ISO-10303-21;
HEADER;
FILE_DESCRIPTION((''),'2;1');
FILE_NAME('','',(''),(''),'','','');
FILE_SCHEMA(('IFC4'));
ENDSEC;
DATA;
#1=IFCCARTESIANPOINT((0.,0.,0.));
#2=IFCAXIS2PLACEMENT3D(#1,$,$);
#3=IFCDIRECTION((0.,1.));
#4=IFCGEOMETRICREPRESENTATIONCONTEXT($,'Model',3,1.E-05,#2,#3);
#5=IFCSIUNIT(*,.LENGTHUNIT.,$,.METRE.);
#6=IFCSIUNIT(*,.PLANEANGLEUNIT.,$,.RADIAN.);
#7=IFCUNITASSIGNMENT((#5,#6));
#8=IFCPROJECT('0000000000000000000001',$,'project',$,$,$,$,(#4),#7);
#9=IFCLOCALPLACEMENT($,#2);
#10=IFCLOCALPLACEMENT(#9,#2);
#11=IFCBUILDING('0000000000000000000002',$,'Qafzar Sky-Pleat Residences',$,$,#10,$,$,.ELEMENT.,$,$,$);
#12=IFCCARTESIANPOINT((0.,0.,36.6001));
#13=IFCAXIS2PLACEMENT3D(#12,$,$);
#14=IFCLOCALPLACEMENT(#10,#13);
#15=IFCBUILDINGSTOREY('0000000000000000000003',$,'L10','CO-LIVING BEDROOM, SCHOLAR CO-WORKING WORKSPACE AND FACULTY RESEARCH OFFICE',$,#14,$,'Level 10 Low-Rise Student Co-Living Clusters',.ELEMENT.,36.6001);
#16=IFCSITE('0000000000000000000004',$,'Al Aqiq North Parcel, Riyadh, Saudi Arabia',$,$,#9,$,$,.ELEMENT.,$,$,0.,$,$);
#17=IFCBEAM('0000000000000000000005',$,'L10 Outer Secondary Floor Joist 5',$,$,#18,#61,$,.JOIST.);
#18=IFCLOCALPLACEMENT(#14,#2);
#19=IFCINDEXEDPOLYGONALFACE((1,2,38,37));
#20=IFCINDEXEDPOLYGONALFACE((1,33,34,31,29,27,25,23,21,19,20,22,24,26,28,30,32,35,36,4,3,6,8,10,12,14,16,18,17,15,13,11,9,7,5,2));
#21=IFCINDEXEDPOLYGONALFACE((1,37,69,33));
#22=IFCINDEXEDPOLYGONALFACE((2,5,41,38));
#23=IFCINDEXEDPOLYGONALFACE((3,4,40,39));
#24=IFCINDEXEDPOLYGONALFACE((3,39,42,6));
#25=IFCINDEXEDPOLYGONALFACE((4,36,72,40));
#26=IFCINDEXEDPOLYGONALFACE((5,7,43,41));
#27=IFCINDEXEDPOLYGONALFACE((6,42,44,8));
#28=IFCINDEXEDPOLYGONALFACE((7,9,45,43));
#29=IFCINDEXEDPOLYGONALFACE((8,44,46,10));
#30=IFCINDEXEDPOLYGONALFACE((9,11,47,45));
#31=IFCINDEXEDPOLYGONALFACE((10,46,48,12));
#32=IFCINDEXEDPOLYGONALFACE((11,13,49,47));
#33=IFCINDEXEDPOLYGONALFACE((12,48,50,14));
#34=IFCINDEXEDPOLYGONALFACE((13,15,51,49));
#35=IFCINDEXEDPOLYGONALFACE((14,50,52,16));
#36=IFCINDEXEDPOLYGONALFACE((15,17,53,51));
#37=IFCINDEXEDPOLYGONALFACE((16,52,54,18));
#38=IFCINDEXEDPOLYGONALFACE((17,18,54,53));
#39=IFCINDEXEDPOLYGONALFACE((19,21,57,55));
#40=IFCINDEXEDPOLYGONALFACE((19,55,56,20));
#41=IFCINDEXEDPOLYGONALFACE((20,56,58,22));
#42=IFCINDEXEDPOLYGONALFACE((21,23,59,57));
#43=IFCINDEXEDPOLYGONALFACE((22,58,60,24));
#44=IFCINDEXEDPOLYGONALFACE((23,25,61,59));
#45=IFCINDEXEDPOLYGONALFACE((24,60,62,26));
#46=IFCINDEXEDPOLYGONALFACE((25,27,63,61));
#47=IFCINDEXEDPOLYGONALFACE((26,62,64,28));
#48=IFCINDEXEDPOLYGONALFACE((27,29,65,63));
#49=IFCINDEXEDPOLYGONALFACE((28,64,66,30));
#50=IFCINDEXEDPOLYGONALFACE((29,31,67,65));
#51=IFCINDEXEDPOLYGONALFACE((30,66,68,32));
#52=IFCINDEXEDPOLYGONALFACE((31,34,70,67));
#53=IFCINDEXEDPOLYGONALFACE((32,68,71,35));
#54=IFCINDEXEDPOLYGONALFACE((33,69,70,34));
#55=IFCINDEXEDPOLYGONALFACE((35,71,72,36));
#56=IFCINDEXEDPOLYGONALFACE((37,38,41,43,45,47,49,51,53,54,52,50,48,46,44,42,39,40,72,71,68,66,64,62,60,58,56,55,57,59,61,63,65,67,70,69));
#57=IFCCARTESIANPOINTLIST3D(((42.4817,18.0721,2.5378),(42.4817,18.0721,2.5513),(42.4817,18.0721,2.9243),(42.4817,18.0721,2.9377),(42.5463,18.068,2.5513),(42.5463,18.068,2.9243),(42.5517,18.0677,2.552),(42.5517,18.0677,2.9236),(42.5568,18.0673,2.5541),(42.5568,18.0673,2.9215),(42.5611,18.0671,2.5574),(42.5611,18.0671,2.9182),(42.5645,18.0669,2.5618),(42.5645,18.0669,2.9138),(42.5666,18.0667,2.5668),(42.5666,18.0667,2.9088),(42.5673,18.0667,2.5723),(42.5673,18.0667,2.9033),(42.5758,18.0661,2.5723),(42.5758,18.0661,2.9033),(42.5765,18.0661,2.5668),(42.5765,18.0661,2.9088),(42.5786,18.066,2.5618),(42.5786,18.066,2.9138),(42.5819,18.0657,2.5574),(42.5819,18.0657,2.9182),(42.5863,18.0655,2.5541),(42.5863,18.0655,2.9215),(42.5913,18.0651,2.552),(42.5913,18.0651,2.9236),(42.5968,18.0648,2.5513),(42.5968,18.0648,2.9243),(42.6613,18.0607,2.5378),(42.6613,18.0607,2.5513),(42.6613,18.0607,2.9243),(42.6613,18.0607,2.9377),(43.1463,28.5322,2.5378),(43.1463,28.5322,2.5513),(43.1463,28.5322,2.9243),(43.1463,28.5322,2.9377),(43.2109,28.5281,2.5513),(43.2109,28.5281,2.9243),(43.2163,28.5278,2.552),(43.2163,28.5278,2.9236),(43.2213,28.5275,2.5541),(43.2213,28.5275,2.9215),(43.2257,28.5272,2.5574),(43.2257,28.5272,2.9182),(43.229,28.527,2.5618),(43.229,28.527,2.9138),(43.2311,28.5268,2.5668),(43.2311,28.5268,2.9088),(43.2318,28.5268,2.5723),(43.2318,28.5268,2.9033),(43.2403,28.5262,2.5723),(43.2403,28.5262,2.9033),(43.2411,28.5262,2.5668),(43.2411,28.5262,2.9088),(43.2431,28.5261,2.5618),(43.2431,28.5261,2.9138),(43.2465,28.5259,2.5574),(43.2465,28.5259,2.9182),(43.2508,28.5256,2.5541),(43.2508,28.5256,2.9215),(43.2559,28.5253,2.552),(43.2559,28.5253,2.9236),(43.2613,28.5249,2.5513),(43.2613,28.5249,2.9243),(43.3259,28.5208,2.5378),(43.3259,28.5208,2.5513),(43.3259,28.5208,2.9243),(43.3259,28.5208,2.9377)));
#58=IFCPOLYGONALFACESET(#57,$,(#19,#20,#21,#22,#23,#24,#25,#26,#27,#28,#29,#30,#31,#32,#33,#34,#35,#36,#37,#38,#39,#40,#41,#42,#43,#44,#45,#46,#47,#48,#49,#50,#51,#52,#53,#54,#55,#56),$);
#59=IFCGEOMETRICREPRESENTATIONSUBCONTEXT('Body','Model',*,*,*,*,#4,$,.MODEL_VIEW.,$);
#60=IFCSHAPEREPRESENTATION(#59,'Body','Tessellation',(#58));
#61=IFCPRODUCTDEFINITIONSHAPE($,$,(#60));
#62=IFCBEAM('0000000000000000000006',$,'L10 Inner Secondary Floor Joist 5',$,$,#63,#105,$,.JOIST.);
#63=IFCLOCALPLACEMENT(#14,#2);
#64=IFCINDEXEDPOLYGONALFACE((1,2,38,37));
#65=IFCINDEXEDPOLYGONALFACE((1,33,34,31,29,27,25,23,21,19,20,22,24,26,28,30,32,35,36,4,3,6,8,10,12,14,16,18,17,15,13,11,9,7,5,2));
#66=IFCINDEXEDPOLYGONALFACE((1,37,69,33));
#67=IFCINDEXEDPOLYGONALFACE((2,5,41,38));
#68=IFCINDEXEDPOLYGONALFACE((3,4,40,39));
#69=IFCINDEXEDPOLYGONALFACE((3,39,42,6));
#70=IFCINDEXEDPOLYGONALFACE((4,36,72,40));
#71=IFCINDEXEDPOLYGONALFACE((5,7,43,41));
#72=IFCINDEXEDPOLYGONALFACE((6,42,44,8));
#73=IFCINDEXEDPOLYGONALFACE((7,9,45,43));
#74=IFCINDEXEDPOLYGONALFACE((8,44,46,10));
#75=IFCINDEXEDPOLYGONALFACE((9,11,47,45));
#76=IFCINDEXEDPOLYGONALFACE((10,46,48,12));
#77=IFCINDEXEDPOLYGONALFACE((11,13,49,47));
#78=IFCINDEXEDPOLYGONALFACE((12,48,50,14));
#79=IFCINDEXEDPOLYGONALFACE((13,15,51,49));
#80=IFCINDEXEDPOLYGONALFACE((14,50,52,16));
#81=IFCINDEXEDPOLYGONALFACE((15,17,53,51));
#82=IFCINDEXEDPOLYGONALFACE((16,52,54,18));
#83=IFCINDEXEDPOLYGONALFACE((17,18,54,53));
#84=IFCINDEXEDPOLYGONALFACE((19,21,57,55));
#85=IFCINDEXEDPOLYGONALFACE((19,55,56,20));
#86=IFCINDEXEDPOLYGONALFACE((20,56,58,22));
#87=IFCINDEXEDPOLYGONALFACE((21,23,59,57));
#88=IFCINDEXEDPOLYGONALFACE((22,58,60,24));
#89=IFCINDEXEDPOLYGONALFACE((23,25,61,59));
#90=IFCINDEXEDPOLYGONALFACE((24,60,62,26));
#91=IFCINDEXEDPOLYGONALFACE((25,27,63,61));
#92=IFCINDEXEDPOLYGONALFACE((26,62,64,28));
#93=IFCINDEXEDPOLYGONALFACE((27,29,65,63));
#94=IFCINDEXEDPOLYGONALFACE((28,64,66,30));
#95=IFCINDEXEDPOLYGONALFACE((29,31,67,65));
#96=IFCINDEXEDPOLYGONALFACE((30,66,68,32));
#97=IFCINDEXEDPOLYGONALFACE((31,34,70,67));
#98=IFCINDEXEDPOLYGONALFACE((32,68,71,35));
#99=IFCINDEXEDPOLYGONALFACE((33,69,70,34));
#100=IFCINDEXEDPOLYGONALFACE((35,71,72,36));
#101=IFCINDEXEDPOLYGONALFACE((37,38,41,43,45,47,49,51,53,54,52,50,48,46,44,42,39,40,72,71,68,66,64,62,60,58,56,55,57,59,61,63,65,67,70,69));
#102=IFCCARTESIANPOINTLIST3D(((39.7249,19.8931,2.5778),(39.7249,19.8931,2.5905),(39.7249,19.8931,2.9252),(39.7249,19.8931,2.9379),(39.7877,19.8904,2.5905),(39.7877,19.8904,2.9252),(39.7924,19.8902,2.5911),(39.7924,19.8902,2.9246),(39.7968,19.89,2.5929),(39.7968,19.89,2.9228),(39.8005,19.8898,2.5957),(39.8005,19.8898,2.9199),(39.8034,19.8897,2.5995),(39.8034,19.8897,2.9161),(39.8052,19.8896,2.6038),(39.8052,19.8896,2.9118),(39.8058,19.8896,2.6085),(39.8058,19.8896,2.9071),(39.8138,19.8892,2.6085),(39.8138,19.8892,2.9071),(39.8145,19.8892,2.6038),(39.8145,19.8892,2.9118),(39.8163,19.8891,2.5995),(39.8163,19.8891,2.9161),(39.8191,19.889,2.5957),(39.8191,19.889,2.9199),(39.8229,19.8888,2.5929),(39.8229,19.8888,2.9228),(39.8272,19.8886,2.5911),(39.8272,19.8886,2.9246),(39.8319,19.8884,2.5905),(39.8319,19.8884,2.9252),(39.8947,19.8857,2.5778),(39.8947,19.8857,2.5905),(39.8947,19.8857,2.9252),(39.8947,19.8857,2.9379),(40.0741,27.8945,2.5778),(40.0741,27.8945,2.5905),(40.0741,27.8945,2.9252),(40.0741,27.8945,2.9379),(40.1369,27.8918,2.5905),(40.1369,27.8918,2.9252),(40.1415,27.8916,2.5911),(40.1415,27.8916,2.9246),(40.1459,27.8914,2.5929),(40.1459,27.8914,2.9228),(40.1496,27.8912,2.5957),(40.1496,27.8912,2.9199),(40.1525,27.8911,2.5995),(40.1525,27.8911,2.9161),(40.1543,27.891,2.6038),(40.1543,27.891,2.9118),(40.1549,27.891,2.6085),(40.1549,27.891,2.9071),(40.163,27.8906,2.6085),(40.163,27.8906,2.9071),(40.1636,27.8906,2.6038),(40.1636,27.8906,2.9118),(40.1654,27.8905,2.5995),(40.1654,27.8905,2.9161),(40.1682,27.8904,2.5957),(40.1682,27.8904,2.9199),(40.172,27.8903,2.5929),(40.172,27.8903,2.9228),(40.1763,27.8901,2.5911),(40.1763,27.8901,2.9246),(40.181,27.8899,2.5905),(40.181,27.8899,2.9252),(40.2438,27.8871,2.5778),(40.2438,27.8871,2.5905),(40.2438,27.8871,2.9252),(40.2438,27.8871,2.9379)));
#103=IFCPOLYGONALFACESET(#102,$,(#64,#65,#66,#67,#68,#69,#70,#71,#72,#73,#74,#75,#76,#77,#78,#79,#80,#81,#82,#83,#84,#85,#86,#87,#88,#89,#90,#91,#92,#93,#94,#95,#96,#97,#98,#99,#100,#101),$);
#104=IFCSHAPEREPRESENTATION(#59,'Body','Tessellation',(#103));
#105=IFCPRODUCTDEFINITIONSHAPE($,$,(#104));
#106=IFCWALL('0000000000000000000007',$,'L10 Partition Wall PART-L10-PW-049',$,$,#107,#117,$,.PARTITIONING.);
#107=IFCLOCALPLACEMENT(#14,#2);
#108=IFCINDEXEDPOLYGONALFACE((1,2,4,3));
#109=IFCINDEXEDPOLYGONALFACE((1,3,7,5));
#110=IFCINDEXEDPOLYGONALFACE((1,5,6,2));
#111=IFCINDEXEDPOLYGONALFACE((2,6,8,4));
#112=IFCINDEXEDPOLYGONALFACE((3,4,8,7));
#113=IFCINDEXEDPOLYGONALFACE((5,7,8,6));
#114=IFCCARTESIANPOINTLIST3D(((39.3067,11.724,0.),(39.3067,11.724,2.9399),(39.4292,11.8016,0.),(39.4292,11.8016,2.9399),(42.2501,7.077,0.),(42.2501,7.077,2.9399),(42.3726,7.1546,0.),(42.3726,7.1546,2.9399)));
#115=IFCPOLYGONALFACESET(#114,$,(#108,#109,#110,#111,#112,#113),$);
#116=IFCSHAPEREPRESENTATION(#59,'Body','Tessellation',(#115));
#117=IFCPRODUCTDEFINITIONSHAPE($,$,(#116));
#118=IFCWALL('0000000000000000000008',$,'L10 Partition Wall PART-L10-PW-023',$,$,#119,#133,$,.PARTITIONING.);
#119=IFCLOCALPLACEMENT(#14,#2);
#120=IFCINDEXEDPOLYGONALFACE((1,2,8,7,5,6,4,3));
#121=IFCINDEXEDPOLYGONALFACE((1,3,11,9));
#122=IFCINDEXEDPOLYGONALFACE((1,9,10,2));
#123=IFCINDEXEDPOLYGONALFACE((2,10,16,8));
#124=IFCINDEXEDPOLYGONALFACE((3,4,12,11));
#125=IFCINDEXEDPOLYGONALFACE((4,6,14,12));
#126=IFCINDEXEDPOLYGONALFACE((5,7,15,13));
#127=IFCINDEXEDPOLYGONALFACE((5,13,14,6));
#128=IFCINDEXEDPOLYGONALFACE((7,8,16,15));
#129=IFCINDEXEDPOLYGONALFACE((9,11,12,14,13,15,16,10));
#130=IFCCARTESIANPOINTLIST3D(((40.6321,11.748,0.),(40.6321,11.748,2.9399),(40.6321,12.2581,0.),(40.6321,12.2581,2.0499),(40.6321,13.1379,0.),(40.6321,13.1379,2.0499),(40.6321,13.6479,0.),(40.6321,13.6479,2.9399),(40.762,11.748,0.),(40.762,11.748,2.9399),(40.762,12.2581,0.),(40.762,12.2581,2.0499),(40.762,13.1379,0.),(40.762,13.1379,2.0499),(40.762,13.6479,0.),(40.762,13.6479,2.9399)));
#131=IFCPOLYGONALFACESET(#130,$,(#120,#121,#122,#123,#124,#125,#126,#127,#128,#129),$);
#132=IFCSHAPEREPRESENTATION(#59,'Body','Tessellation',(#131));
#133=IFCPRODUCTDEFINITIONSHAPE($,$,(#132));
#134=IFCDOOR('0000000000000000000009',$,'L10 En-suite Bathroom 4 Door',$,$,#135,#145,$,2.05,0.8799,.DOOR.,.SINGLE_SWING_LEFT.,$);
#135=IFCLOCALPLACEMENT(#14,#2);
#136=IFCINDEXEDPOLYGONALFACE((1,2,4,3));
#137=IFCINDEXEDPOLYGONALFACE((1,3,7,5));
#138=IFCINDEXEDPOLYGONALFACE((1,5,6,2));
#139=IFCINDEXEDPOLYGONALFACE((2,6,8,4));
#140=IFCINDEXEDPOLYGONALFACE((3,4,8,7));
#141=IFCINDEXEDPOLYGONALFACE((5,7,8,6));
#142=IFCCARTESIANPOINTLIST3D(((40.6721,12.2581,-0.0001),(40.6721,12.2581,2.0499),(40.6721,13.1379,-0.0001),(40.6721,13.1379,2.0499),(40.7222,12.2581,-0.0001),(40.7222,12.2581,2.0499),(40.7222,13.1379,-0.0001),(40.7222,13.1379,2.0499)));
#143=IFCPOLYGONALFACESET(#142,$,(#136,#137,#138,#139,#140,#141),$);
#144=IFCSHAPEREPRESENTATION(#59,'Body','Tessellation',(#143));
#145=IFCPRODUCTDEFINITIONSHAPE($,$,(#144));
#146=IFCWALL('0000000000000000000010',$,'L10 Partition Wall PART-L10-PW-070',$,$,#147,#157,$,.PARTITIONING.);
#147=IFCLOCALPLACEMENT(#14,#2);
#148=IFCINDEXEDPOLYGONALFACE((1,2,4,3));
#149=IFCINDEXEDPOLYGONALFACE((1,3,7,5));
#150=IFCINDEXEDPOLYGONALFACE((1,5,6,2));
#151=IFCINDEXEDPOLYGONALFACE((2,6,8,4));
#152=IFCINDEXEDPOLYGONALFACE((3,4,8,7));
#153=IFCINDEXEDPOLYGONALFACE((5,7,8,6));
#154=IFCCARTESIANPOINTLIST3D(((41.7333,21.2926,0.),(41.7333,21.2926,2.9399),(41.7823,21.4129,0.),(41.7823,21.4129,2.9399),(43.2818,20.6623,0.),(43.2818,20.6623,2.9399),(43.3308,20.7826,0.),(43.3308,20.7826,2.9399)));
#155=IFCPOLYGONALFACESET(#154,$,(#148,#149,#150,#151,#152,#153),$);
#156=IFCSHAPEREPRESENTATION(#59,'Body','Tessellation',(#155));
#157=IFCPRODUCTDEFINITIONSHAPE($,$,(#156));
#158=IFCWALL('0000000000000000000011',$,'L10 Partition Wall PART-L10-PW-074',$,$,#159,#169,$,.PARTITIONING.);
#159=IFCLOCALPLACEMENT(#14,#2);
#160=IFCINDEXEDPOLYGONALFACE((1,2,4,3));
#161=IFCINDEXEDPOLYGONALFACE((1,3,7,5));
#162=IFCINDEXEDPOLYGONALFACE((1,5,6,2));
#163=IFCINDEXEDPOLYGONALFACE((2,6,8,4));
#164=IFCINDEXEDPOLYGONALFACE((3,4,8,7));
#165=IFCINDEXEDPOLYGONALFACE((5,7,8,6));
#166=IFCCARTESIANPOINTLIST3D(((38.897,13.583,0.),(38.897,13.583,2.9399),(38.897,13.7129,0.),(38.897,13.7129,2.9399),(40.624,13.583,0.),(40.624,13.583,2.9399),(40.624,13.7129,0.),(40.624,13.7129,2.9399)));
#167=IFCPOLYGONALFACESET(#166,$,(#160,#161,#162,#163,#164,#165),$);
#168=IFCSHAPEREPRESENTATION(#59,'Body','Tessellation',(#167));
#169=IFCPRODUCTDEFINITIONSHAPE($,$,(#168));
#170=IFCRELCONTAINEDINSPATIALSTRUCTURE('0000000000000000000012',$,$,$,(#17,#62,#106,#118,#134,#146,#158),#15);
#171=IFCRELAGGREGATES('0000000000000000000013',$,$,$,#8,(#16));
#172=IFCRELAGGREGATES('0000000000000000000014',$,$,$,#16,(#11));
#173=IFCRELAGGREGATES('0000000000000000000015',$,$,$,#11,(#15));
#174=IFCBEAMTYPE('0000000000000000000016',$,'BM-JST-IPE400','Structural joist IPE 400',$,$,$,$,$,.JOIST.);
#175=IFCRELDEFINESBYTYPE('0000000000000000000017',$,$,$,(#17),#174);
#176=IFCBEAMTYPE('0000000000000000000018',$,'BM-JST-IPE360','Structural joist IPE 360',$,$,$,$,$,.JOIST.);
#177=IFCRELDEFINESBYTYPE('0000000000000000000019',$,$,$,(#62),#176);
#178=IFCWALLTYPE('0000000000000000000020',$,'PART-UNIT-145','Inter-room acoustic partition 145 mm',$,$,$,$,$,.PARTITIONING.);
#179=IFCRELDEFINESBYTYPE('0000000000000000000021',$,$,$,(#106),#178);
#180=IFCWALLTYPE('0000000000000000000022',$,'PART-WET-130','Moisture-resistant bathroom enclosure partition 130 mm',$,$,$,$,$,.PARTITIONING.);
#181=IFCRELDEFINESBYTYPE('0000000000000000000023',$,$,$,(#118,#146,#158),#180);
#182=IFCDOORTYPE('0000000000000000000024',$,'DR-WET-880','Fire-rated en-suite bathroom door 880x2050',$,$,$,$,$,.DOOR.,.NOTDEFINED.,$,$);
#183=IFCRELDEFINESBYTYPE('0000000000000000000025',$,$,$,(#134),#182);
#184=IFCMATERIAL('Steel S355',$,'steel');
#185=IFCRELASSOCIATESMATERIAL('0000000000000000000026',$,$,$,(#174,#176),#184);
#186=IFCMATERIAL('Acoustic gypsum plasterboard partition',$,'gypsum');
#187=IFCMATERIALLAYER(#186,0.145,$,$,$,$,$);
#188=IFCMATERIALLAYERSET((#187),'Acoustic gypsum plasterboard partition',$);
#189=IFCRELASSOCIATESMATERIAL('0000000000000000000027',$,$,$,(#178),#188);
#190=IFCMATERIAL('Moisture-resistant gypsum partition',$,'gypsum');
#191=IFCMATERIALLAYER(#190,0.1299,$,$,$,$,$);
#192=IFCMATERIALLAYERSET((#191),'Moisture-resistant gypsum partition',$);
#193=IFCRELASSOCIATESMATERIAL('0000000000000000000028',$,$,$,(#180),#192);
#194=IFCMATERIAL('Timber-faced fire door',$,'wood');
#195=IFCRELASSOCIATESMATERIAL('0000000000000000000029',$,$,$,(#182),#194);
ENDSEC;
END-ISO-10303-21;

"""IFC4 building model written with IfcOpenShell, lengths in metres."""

from ifc_helpers import new_model, si_unit, direction, frame, frame_2d, origin, origin_2d, place, context, subcontext, project, spatial, rectangle, i_section, extrude, source, transform, mapped, material, layer, layer_set, material_profile, profile_set, type_object, element, fill, save


model = new_model("IFC4")

# Units and contexts
model_context = context("Model", 3, precision=1e-05, world=origin(), true_north=direction((0.0, 1.0)))
body_context = subcontext(model_context, "Body", "Model", "MODEL_VIEW")
ifc_project = project(units=[si_unit("LENGTHUNIT", "METRE"), si_unit("PLANEANGLEUNIT", "RADIAN")], contexts=[model_context])

# Site, building, storey
site_placement = place(None, origin())
site = spatial("IfcSite", under=ifc_project, at=site_placement, Name="Al Aqiq North Parcel, Riyadh, Saudi Arabia", CompositionType="ELEMENT", RefElevation=0.0)
building_placement = place(site_placement, origin())
building = spatial("IfcBuilding", under=site, at=building_placement, Name="Qafzar Sky-Pleat Residences", CompositionType="ELEMENT")
storey_placement = place(building_placement, frame((0.0, 0.0, 36.6001)))
storey = spatial("IfcBuildingStorey", under=building, at=storey_placement, Name="L10", Description="CO-LIVING BEDROOM, SCHOLAR CO-WORKING WORKSPACE AND FACULTY RESEARCH OFFICE", LongName="Level 10 Low-Rise Student Co-Living Clusters", CompositionType="ELEMENT", Elevation=36.6001)

# Beams
ifc_material_1 = material(Name="Steel S355", Category="steel")
ifc_material_profile_1 = material_profile(ifc_material_1, i_section(OverallWidth=0.1799, OverallDepth=0.3999, WebThickness=0.0085, FlangeThickness=0.0134, FilletRadius=0.021, at=origin_2d()), Name="IPE 400")
ifc_profile_set_1 = profile_set([ifc_material_profile_1], Name="Steel S355")
beam_type_1 = type_object("IfcBeamType", Name="BM-JST-IPE400", Description="Structural joist IPE 400", PredefinedType="JOIST", material=ifc_profile_set_1)
shared_shape_1 = source(origin(), body_context, "Body", "SweptSolid", [
    extrude(i_section(OverallWidth=0.1799, OverallDepth=0.3999, WebThickness=0.0085, FlangeThickness=0.0134, FilletRadius=0.021, at=origin_2d()), origin(), (0.0, 0.0, 1.0), 10.4812),
])
beam_1_placement = place(storey_placement, frame((42.5715, 18.0664, 2.7378), z_axis=(0.063404, 0.997988, 0.0), x_axis=(-0.997988, 0.063404, 0.0)))
element("IfcBeam", 1, at=beam_1_placement, inside=storey, type_object=beam_type_1, Name="L10 Outer Secondary Floor Joist 5", PredefinedType="JOIST", context=body_context, shape_type="MappedRepresentation", body=[
    mapped(shared_shape_1, transform((0.0, 0.0, 0.0), x_axis=(1.0, 0.0, 0.0), y_axis=(0.0, 1.0, 0.0), z_axis=(0.0, 0.0, 1.0), scale=1.0)),
])
ifc_material_profile_2 = material_profile(ifc_material_1, i_section(OverallWidth=0.1699, OverallDepth=0.3601, WebThickness=0.0081, FlangeThickness=0.0127, FilletRadius=0.0181, at=origin_2d()), Name="IPE 360")
ifc_profile_set_2 = profile_set([ifc_material_profile_2], Name="Steel S355")
beam_type_2 = type_object("IfcBeamType", Name="BM-JST-IPE360", Description="Structural joist IPE 360", PredefinedType="JOIST", material=ifc_profile_set_2)
shared_shape_2 = source(origin(), body_context, "Body", "SweptSolid", [
    extrude(i_section(OverallWidth=0.1699, OverallDepth=0.3601, WebThickness=0.0081, FlangeThickness=0.0127, FilletRadius=0.0181, at=origin_2d()), origin(), (0.0, 0.0, 1.0), 8.009),
])
beam_2_placement = place(storey_placement, frame((39.8098, 19.8894, 2.7578), z_axis=(0.043591, 0.999049, 0.0), x_axis=(-0.999049, 0.043591, 0.0)))
element("IfcBeam", 2, at=beam_2_placement, inside=storey, type_object=beam_type_2, Name="L10 Inner Secondary Floor Joist 5", PredefinedType="JOIST", context=body_context, shape_type="MappedRepresentation", body=[
    mapped(shared_shape_2, transform((0.0, 0.0, 0.0), x_axis=(1.0, 0.0, 0.0), y_axis=(0.0, 1.0, 0.0), z_axis=(0.0, 0.0, 1.0), scale=1.0)),
])

# Wall
ifc_material_2 = material(Name="Acoustic gypsum plasterboard partition", Category="gypsum")
ifc_layer_1 = layer(ifc_material_2, 0.145)
ifc_layer_set_1 = layer_set([ifc_layer_1], Name="Acoustic gypsum plasterboard partition")
wall_type_1 = type_object("IfcWallType", Name="PART-UNIT-145", Description="Inter-room acoustic partition 145 mm", PredefinedType="PARTITIONING", material=ifc_layer_set_1)
wall_1_placement = place(storey_placement, frame((39.3679, 11.7629, 0.0), z_axis=(0.0, 0.0, 1.0), x_axis=(0.535088, -0.844796, 0.0)))
element("IfcWall", 3, at=wall_1_placement, inside=storey, type_object=wall_type_1, Name="L10 Partition Wall PART-L10-PW-049", PredefinedType="PARTITIONING", context=body_context, shape_type="SweptSolid", body=[
    extrude(rectangle(XDim=5.5007, YDim=0.145, at=frame_2d((2.7505, 0.0))), origin(), (0.0, 0.0, 1.0), 2.9399),
])

# Wall, opening, door
ifc_material_3 = material(Name="Moisture-resistant gypsum partition", Category="gypsum")
ifc_layer_2 = layer(ifc_material_3, 0.1299)
ifc_layer_set_2 = layer_set([ifc_layer_2], Name="Moisture-resistant gypsum partition")
wall_type_2 = type_object("IfcWallType", Name="PART-WET-130", Description="Moisture-resistant bathroom enclosure partition 130 mm", PredefinedType="PARTITIONING", material=ifc_layer_set_2)
wall_2_placement = place(storey_placement, frame((40.697, 11.748, 0.0), z_axis=(0.0, 0.0, 1.0), x_axis=(0.0, 1.0, 0.0)))
wall_2 = element("IfcWall", 4, at=wall_2_placement, inside=storey, type_object=wall_type_2, Name="L10 Partition Wall PART-L10-PW-023", PredefinedType="PARTITIONING", context=body_context, shape_type="SweptSolid", body=[
    extrude(rectangle(XDim=1.8999, YDim=0.1299, at=frame_2d((0.95, 0.0))), origin(), (0.0, 0.0, 1.0), 2.9399),
])
opening_1_placement = place(wall_2_placement, frame((0.51, 0.0, 0.0)))
opening_1 = element("IfcOpeningElement", 5, at=opening_1_placement, cuts=wall_2, PredefinedType="OPENING", context=body_context, shape_type="SweptSolid", body=[
    extrude(rectangle(XDim=0.8799, YDim=2.05, at=frame_2d((0.4399, 1.0249))), frame((0.0, 0.075, 0.0), z_axis=(0.0, -1.0, 0.0), x_axis=(1.0, 0.0, 0.0)), (0.0, 0.0, 1.0), 0.1499),
])
ifc_material_4 = material(Name="Timber-faced fire door", Category="wood")
door_type = type_object("IfcDoorType", Name="DR-WET-880", Description="Fire-rated en-suite bathroom door 880x2050", OperationType="NOTDEFINED", PredefinedType="DOOR", material=ifc_material_4)
shared_shape_3 = source(origin(), body_context, "Body", "SweptSolid", [
    extrude(rectangle(XDim=0.8799, YDim=2.05, at=frame_2d((0.4399, 1.0249))), frame((0.0, 0.0249, 0.0), z_axis=(0.0, -1.0, 0.0), x_axis=(1.0, 0.0, 0.0)), (0.0, 0.0, 1.0), 0.05),
])
door_placement = place(opening_1_placement, origin())
door = element("IfcDoor", 6, at=door_placement, inside=storey, type_object=door_type, Name="L10 En-suite Bathroom 4 Door", OperationType="SINGLE_SWING_LEFT", OverallHeight=2.05, OverallWidth=0.8799, PredefinedType="DOOR", context=body_context, shape_type="MappedRepresentation", body=[
    mapped(shared_shape_3, transform((0.0, 0.0, 0.0), x_axis=(1.0, 0.0, 0.0), y_axis=(0.0, 1.0, 0.0), z_axis=(0.0, 0.0, 1.0), scale=1.0)),
])
fill(opening_1, door)

# Walls
wall_3_placement = place(storey_placement, frame((41.7578, 21.3528, 0.0), z_axis=(0.0, 0.0, 1.0), x_axis=(0.926204, -0.377023, 0.0)))
element("IfcWall", 7, at=wall_3_placement, inside=storey, type_object=wall_type_2, Name="L10 Partition Wall PART-L10-PW-070", PredefinedType="PARTITIONING", context=body_context, shape_type="SweptSolid", body=[
    extrude(rectangle(XDim=1.6719, YDim=0.1299, at=frame_2d((0.8359, 0.0))), origin(), (0.0, 0.0, 1.0), 2.9399),
])
wall_4_placement = place(storey_placement, frame((38.897, 13.6479, 0.0), z_axis=(0.0, 0.0, 1.0), x_axis=(1.0, 0.0, 0.0)))
element("IfcWall", 8, at=wall_4_placement, inside=storey, type_object=wall_type_2, Name="L10 Partition Wall PART-L10-PW-074", PredefinedType="PARTITIONING", context=body_context, shape_type="SweptSolid", body=[
    extrude(rectangle(XDim=1.7271, YDim=0.1299, at=frame_2d((0.8635, 0.0))), origin(), (0.0, 0.0, 1.0), 2.9399),
])

save(model, "model.ifc")
